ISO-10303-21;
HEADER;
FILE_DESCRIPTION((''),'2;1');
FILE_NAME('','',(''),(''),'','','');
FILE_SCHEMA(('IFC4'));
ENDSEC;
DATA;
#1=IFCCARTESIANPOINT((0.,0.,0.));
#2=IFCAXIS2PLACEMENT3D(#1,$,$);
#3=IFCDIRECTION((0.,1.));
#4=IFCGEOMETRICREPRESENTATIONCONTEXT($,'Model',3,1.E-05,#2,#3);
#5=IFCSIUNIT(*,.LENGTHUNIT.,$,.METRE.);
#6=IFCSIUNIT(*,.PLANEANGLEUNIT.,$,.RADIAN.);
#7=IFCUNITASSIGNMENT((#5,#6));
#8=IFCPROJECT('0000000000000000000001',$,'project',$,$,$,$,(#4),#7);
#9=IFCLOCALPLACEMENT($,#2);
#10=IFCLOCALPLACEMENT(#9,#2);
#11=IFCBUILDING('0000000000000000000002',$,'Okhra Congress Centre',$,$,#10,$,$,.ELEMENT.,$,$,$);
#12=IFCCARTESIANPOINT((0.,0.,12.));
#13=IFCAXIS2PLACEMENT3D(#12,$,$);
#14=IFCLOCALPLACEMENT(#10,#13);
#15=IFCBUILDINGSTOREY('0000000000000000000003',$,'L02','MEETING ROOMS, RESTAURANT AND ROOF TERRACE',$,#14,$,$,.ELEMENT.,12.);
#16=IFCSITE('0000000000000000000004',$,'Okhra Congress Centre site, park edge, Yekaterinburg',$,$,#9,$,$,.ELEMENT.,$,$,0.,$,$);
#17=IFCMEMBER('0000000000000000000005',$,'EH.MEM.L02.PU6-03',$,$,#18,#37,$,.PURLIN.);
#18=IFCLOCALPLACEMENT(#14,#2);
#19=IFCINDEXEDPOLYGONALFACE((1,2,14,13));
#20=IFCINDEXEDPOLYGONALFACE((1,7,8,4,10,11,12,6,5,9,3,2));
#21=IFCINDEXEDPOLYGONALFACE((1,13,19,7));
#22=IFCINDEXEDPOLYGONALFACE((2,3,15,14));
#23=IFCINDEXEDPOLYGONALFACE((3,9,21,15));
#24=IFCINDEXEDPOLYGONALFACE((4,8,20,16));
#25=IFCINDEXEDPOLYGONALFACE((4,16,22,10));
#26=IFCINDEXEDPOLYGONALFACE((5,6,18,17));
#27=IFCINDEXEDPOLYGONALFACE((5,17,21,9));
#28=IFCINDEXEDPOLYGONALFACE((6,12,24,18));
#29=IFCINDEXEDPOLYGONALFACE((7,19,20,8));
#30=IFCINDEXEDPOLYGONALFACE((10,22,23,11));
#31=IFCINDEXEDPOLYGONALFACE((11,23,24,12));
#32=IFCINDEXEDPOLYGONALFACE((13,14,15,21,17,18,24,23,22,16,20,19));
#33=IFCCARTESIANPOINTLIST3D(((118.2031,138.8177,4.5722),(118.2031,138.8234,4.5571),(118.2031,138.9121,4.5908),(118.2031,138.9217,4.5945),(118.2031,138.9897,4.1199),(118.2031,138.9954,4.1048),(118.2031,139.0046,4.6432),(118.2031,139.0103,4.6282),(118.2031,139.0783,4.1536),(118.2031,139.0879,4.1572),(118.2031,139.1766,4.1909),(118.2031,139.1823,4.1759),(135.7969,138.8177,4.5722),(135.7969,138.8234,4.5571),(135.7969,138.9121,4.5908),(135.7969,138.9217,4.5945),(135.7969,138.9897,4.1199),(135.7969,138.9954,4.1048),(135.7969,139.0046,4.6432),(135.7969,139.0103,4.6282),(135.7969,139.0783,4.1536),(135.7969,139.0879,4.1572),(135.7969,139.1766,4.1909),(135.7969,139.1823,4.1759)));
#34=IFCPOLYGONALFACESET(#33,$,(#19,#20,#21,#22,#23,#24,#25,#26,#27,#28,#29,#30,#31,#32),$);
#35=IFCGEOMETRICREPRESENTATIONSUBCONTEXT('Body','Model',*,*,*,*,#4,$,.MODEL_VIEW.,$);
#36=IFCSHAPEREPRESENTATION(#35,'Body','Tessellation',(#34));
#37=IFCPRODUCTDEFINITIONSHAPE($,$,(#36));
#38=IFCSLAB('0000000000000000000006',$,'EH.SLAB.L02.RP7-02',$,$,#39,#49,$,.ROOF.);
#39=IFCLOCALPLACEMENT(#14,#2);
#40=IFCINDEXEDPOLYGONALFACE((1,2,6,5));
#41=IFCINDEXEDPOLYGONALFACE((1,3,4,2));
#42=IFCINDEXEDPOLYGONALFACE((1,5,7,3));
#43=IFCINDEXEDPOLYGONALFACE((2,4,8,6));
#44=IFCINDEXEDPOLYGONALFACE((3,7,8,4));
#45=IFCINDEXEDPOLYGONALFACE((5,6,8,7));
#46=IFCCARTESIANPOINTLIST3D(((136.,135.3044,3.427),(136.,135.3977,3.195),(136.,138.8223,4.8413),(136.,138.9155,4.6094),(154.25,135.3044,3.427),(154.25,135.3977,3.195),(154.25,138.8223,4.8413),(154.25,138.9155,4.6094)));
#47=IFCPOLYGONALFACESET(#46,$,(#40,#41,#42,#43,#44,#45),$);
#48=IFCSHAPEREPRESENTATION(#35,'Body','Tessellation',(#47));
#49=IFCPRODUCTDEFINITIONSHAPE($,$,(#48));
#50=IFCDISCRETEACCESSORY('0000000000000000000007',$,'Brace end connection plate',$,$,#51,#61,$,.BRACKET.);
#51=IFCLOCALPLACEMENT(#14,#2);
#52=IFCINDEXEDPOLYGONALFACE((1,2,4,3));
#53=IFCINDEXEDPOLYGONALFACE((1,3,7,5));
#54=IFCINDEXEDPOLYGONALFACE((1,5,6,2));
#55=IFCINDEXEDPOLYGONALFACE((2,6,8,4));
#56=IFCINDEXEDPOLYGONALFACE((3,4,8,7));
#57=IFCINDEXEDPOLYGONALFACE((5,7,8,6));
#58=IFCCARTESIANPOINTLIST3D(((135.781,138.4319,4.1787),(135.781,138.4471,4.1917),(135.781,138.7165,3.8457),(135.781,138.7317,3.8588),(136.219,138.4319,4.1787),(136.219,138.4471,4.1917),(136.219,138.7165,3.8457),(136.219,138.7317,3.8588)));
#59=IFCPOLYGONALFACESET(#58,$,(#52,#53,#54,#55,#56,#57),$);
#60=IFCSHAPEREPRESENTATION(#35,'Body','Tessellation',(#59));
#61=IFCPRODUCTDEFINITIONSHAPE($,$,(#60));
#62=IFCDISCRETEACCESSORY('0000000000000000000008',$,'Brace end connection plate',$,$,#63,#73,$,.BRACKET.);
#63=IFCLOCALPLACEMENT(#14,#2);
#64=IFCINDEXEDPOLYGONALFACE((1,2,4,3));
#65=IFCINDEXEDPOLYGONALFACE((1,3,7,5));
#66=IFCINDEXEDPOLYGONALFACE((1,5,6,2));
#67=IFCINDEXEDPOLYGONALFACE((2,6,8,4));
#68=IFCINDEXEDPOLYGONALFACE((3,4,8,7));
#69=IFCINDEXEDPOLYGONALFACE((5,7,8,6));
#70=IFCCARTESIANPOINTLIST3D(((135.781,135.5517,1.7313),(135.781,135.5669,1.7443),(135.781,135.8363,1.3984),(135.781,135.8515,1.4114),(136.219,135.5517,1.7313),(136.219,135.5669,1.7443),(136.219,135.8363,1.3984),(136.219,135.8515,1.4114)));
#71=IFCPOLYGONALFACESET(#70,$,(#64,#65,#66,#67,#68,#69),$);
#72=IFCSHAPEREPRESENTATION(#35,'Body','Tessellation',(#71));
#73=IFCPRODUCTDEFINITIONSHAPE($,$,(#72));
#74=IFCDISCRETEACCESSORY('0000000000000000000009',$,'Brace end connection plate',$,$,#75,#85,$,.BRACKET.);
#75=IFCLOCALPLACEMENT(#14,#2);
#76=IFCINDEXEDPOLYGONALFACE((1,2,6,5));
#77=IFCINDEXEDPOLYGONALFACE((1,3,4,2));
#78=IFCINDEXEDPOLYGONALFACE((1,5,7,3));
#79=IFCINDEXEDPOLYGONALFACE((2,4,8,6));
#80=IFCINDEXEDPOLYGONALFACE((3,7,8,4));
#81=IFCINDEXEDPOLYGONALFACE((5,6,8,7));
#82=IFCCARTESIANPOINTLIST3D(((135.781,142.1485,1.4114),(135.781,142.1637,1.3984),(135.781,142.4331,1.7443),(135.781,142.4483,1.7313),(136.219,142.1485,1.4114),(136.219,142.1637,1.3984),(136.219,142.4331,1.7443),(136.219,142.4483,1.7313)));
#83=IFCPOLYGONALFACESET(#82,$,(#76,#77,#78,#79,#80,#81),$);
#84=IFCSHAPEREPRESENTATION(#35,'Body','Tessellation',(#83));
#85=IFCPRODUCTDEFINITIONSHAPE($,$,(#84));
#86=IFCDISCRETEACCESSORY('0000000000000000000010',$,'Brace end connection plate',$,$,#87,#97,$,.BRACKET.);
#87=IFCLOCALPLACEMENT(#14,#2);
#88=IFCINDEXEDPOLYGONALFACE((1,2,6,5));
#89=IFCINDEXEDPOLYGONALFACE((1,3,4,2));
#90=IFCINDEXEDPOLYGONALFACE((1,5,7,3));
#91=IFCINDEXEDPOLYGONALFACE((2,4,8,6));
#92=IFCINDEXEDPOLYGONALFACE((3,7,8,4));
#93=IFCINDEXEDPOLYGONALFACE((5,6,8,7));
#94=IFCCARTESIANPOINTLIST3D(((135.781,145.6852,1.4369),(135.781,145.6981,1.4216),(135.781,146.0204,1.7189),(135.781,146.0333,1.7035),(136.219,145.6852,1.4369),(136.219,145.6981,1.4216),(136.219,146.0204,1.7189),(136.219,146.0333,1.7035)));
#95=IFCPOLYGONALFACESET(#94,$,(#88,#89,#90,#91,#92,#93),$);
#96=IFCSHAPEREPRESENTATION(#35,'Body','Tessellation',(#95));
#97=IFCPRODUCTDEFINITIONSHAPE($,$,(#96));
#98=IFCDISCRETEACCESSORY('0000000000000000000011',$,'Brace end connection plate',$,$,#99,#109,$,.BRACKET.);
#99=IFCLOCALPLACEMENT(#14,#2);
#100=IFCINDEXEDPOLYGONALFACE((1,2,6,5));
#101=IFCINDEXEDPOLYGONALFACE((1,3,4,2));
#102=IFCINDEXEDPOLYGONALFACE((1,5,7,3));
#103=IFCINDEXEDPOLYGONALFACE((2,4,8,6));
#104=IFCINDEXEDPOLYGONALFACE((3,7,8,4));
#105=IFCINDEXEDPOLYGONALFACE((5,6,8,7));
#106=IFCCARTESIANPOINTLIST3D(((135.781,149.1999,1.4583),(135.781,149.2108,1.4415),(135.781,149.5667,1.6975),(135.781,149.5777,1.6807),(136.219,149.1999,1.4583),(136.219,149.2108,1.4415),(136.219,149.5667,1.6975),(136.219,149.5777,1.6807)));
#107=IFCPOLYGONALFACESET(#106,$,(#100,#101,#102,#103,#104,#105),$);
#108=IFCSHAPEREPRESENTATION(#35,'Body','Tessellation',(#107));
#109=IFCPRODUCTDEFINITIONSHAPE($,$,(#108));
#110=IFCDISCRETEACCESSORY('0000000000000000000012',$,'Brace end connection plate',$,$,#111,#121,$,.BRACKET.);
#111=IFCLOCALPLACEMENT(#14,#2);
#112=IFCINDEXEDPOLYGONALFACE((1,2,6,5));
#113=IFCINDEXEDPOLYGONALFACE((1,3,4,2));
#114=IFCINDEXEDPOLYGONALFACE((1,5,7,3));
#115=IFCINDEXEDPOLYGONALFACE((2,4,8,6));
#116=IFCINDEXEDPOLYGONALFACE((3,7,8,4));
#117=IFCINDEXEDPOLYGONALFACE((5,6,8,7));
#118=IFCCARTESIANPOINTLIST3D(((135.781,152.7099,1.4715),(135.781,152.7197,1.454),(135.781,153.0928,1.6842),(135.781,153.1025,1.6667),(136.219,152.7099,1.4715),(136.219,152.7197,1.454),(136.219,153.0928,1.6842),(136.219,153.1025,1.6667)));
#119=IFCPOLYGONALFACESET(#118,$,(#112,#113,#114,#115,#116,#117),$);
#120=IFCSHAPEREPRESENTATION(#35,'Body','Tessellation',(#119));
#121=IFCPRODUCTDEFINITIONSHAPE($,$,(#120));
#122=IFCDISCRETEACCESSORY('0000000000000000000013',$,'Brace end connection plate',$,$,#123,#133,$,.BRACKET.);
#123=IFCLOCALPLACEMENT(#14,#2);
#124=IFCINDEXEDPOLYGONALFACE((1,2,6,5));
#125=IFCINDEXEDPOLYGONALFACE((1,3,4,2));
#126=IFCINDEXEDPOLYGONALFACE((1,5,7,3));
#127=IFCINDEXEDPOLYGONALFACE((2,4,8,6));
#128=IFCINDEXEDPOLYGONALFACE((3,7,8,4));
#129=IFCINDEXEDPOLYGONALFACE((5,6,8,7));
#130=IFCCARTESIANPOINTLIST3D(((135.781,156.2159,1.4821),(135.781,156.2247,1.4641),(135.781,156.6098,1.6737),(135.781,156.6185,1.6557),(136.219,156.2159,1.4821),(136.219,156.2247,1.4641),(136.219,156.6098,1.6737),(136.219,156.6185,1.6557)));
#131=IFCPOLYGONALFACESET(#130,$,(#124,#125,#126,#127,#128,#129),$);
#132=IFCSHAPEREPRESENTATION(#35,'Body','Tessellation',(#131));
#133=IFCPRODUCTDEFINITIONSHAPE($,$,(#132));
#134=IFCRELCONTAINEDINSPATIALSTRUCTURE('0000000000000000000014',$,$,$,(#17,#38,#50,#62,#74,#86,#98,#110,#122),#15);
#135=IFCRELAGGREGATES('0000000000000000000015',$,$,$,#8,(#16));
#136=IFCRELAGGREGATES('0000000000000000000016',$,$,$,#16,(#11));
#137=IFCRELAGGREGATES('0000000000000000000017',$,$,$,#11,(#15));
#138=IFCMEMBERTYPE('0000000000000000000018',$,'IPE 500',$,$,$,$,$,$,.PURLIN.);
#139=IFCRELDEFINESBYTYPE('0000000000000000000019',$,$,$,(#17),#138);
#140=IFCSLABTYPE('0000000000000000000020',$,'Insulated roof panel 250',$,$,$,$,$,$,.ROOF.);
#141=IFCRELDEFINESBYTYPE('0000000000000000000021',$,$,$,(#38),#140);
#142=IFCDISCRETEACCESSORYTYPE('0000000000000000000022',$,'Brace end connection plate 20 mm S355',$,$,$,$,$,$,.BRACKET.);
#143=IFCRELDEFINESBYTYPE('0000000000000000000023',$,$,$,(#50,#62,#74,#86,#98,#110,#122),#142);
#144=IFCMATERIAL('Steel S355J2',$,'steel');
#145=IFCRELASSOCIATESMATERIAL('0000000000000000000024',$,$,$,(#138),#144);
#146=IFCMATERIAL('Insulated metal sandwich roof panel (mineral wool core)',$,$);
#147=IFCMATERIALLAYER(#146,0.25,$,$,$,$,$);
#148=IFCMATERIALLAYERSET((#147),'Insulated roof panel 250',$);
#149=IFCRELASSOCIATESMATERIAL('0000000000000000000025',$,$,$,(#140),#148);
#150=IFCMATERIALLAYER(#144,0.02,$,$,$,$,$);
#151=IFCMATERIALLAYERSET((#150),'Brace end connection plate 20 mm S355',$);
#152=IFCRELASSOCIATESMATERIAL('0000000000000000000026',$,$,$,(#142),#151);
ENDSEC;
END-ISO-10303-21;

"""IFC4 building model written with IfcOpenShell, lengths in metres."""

from ifc_helpers import new_model, si_unit, direction, frame, origin, origin_2d, place, context, subcontext, project, spatial, polyline, rectangle, i_section, outline, extrude, material, layer, layer_set, material_profile, profile_set, type_object, element, save


model = new_model("IFC4")

# Units and contexts
model_context = context("Model", 3, precision=1e-05, world=origin(), true_north=direction((0.0, 1.0)))
body_context = subcontext(model_context, "Body", "Model", "MODEL_VIEW")
ifc_project = project(units=[si_unit("LENGTHUNIT", "METRE"), si_unit("PLANEANGLEUNIT", "RADIAN")], contexts=[model_context])

# Site, building, storey
site_placement = place(None, origin())
site = spatial("IfcSite", under=ifc_project, at=site_placement, Name="Okhra Congress Centre site, park edge, Yekaterinburg", CompositionType="ELEMENT", RefElevation=0.0)
building_placement = place(site_placement, origin())
building = spatial("IfcBuilding", under=site, at=building_placement, Name="Okhra Congress Centre", CompositionType="ELEMENT")
storey_placement = place(building_placement, frame((0.0, 0.0, 12.0)))
storey = spatial("IfcBuildingStorey", under=building, at=storey_placement, Name="L02", Description="MEETING ROOMS, RESTAURANT AND ROOF TERRACE", CompositionType="ELEMENT", Elevation=12.0)

# Shared definitions
ifc_material_1 = material(Name="Steel S355J2", Category="steel")

# Member
ifc_material_profile_1 = material_profile(ifc_material_1, i_section(OverallWidth=0.2, OverallDepth=0.5, WebThickness=0.0103, FlangeThickness=0.0161, at=origin_2d()), Name="IPE 500")
ifc_profile_set_1 = profile_set([ifc_material_profile_1], Name="Steel S355J2")
member_type_1 = type_object("IfcMemberType", Name="IPE 500", PredefinedType="PURLIN", material=ifc_profile_set_1)
for number, where, z_axis, x_axis, name in (
    (1, (118.2031, 139.0, 4.374), (1.0, 0.0, 0.0), (0.0, 0.934733, 0.355351), "EH.MEM.L02.PU6-03"),
):
    element("IfcMember", number, at=place(storey_placement, frame(where, z_axis=z_axis, x_axis=x_axis)), inside=storey, type_object=member_type_1, Name=name, PredefinedType="PURLIN", context=body_context, shape_type="SweptSolid", body=[
        extrude(i_section(OverallWidth=0.2, OverallDepth=0.5, WebThickness=0.0103, FlangeThickness=0.0161, at=origin_2d()), origin(), (0.0, 0.0, 1.0), 17.5938),
    ])

# Slab
ifc_material_2 = material(Name="Insulated metal sandwich roof panel (mineral wool core)")
ifc_layer_1 = layer(ifc_material_2, 0.25)
ifc_layer_set_1 = layer_set([ifc_layer_1], Name="Insulated roof panel 250")
slab_type = type_object("IfcSlabType", Name="Insulated roof panel 250", PredefinedType="ROOF", material=ifc_layer_set_1)
slab_placement = place(storey_placement, frame((136.0, 135.3044, 3.427), z_axis=(0.0, -0.373022, 0.927822), x_axis=(1.0, 0.0, 0.0)))
element("IfcSlab", 2, at=slab_placement, inside=storey, type_object=slab_type, Name="EH.SLAB.L02.RP7-02", PredefinedType="ROOF", context=body_context, shape_type="SweptSolid", body=[
    extrude(outline(polyline([(0.0, 0.0), (18.25, 0.0), (18.25, 3.7915), (0.0, 3.7915), (0.0, 0.0)])), origin(), (0.0, 0.0, -1.0), 0.25),
])

# Discrete accessories
ifc_layer_2 = layer(ifc_material_1, 0.02)
ifc_layer_set_2 = layer_set([ifc_layer_2], Name="Brace end connection plate 20 mm S355")
discrete_accessory_type = type_object("IfcDiscreteAccessoryType", Name="Brace end connection plate 20 mm S355", PredefinedType="BRACKET", material=ifc_layer_set_2)
for number, where, z_axis, x_axis, name in (
    (3, (136.0, 138.5742, 4.0122), (0.0, 0.760121, 0.649781), (-1.0, 0.0, 0.0), "Brace end connection plate"),
    (4, (136.0, 135.7092, 1.5779), (0.0, -0.760121, -0.649781), (1.0, 0.0, 0.0), "Brace end connection plate"),
    (5, (136.0, 142.2908, 1.5779), (0.0, 0.760121, -0.649781), (-1.0, 0.0, 0.0), "Brace end connection plate"),
    (6, (136.0, 145.8528, 1.5779), (0.0, 0.643762, -0.765226), (-1.0, 0.0, 0.0), "Brace end connection plate"),
    (7, (136.0, 149.3833, 1.5779), (0.0, 0.546268, -0.837611), (-1.0, 0.0, 0.0), "Brace end connection plate"),
    (8, (136.0, 152.9014, 1.5779), (0.0, 0.485643, -0.874157), (-1.0, 0.0, 0.0), "Brace end connection plate"),
    (9, (136.0, 156.4128, 1.5779), (0.0, 0.437466, -0.899235), (-1.0, 0.0, 0.0), "Brace end connection plate"),
):
    element("IfcDiscreteAccessory", number, at=place(storey_placement, frame(where, z_axis=z_axis, x_axis=x_axis)), inside=storey, type_object=discrete_accessory_type, Name=name, PredefinedType="BRACKET", context=body_context, shape_type="SweptSolid", body=[
        extrude(rectangle(XDim=0.438, YDim=0.438, at=origin_2d()), origin(), (0.0, 0.0, 1.0), 0.02),
    ])

save(model, "model.ifc")
